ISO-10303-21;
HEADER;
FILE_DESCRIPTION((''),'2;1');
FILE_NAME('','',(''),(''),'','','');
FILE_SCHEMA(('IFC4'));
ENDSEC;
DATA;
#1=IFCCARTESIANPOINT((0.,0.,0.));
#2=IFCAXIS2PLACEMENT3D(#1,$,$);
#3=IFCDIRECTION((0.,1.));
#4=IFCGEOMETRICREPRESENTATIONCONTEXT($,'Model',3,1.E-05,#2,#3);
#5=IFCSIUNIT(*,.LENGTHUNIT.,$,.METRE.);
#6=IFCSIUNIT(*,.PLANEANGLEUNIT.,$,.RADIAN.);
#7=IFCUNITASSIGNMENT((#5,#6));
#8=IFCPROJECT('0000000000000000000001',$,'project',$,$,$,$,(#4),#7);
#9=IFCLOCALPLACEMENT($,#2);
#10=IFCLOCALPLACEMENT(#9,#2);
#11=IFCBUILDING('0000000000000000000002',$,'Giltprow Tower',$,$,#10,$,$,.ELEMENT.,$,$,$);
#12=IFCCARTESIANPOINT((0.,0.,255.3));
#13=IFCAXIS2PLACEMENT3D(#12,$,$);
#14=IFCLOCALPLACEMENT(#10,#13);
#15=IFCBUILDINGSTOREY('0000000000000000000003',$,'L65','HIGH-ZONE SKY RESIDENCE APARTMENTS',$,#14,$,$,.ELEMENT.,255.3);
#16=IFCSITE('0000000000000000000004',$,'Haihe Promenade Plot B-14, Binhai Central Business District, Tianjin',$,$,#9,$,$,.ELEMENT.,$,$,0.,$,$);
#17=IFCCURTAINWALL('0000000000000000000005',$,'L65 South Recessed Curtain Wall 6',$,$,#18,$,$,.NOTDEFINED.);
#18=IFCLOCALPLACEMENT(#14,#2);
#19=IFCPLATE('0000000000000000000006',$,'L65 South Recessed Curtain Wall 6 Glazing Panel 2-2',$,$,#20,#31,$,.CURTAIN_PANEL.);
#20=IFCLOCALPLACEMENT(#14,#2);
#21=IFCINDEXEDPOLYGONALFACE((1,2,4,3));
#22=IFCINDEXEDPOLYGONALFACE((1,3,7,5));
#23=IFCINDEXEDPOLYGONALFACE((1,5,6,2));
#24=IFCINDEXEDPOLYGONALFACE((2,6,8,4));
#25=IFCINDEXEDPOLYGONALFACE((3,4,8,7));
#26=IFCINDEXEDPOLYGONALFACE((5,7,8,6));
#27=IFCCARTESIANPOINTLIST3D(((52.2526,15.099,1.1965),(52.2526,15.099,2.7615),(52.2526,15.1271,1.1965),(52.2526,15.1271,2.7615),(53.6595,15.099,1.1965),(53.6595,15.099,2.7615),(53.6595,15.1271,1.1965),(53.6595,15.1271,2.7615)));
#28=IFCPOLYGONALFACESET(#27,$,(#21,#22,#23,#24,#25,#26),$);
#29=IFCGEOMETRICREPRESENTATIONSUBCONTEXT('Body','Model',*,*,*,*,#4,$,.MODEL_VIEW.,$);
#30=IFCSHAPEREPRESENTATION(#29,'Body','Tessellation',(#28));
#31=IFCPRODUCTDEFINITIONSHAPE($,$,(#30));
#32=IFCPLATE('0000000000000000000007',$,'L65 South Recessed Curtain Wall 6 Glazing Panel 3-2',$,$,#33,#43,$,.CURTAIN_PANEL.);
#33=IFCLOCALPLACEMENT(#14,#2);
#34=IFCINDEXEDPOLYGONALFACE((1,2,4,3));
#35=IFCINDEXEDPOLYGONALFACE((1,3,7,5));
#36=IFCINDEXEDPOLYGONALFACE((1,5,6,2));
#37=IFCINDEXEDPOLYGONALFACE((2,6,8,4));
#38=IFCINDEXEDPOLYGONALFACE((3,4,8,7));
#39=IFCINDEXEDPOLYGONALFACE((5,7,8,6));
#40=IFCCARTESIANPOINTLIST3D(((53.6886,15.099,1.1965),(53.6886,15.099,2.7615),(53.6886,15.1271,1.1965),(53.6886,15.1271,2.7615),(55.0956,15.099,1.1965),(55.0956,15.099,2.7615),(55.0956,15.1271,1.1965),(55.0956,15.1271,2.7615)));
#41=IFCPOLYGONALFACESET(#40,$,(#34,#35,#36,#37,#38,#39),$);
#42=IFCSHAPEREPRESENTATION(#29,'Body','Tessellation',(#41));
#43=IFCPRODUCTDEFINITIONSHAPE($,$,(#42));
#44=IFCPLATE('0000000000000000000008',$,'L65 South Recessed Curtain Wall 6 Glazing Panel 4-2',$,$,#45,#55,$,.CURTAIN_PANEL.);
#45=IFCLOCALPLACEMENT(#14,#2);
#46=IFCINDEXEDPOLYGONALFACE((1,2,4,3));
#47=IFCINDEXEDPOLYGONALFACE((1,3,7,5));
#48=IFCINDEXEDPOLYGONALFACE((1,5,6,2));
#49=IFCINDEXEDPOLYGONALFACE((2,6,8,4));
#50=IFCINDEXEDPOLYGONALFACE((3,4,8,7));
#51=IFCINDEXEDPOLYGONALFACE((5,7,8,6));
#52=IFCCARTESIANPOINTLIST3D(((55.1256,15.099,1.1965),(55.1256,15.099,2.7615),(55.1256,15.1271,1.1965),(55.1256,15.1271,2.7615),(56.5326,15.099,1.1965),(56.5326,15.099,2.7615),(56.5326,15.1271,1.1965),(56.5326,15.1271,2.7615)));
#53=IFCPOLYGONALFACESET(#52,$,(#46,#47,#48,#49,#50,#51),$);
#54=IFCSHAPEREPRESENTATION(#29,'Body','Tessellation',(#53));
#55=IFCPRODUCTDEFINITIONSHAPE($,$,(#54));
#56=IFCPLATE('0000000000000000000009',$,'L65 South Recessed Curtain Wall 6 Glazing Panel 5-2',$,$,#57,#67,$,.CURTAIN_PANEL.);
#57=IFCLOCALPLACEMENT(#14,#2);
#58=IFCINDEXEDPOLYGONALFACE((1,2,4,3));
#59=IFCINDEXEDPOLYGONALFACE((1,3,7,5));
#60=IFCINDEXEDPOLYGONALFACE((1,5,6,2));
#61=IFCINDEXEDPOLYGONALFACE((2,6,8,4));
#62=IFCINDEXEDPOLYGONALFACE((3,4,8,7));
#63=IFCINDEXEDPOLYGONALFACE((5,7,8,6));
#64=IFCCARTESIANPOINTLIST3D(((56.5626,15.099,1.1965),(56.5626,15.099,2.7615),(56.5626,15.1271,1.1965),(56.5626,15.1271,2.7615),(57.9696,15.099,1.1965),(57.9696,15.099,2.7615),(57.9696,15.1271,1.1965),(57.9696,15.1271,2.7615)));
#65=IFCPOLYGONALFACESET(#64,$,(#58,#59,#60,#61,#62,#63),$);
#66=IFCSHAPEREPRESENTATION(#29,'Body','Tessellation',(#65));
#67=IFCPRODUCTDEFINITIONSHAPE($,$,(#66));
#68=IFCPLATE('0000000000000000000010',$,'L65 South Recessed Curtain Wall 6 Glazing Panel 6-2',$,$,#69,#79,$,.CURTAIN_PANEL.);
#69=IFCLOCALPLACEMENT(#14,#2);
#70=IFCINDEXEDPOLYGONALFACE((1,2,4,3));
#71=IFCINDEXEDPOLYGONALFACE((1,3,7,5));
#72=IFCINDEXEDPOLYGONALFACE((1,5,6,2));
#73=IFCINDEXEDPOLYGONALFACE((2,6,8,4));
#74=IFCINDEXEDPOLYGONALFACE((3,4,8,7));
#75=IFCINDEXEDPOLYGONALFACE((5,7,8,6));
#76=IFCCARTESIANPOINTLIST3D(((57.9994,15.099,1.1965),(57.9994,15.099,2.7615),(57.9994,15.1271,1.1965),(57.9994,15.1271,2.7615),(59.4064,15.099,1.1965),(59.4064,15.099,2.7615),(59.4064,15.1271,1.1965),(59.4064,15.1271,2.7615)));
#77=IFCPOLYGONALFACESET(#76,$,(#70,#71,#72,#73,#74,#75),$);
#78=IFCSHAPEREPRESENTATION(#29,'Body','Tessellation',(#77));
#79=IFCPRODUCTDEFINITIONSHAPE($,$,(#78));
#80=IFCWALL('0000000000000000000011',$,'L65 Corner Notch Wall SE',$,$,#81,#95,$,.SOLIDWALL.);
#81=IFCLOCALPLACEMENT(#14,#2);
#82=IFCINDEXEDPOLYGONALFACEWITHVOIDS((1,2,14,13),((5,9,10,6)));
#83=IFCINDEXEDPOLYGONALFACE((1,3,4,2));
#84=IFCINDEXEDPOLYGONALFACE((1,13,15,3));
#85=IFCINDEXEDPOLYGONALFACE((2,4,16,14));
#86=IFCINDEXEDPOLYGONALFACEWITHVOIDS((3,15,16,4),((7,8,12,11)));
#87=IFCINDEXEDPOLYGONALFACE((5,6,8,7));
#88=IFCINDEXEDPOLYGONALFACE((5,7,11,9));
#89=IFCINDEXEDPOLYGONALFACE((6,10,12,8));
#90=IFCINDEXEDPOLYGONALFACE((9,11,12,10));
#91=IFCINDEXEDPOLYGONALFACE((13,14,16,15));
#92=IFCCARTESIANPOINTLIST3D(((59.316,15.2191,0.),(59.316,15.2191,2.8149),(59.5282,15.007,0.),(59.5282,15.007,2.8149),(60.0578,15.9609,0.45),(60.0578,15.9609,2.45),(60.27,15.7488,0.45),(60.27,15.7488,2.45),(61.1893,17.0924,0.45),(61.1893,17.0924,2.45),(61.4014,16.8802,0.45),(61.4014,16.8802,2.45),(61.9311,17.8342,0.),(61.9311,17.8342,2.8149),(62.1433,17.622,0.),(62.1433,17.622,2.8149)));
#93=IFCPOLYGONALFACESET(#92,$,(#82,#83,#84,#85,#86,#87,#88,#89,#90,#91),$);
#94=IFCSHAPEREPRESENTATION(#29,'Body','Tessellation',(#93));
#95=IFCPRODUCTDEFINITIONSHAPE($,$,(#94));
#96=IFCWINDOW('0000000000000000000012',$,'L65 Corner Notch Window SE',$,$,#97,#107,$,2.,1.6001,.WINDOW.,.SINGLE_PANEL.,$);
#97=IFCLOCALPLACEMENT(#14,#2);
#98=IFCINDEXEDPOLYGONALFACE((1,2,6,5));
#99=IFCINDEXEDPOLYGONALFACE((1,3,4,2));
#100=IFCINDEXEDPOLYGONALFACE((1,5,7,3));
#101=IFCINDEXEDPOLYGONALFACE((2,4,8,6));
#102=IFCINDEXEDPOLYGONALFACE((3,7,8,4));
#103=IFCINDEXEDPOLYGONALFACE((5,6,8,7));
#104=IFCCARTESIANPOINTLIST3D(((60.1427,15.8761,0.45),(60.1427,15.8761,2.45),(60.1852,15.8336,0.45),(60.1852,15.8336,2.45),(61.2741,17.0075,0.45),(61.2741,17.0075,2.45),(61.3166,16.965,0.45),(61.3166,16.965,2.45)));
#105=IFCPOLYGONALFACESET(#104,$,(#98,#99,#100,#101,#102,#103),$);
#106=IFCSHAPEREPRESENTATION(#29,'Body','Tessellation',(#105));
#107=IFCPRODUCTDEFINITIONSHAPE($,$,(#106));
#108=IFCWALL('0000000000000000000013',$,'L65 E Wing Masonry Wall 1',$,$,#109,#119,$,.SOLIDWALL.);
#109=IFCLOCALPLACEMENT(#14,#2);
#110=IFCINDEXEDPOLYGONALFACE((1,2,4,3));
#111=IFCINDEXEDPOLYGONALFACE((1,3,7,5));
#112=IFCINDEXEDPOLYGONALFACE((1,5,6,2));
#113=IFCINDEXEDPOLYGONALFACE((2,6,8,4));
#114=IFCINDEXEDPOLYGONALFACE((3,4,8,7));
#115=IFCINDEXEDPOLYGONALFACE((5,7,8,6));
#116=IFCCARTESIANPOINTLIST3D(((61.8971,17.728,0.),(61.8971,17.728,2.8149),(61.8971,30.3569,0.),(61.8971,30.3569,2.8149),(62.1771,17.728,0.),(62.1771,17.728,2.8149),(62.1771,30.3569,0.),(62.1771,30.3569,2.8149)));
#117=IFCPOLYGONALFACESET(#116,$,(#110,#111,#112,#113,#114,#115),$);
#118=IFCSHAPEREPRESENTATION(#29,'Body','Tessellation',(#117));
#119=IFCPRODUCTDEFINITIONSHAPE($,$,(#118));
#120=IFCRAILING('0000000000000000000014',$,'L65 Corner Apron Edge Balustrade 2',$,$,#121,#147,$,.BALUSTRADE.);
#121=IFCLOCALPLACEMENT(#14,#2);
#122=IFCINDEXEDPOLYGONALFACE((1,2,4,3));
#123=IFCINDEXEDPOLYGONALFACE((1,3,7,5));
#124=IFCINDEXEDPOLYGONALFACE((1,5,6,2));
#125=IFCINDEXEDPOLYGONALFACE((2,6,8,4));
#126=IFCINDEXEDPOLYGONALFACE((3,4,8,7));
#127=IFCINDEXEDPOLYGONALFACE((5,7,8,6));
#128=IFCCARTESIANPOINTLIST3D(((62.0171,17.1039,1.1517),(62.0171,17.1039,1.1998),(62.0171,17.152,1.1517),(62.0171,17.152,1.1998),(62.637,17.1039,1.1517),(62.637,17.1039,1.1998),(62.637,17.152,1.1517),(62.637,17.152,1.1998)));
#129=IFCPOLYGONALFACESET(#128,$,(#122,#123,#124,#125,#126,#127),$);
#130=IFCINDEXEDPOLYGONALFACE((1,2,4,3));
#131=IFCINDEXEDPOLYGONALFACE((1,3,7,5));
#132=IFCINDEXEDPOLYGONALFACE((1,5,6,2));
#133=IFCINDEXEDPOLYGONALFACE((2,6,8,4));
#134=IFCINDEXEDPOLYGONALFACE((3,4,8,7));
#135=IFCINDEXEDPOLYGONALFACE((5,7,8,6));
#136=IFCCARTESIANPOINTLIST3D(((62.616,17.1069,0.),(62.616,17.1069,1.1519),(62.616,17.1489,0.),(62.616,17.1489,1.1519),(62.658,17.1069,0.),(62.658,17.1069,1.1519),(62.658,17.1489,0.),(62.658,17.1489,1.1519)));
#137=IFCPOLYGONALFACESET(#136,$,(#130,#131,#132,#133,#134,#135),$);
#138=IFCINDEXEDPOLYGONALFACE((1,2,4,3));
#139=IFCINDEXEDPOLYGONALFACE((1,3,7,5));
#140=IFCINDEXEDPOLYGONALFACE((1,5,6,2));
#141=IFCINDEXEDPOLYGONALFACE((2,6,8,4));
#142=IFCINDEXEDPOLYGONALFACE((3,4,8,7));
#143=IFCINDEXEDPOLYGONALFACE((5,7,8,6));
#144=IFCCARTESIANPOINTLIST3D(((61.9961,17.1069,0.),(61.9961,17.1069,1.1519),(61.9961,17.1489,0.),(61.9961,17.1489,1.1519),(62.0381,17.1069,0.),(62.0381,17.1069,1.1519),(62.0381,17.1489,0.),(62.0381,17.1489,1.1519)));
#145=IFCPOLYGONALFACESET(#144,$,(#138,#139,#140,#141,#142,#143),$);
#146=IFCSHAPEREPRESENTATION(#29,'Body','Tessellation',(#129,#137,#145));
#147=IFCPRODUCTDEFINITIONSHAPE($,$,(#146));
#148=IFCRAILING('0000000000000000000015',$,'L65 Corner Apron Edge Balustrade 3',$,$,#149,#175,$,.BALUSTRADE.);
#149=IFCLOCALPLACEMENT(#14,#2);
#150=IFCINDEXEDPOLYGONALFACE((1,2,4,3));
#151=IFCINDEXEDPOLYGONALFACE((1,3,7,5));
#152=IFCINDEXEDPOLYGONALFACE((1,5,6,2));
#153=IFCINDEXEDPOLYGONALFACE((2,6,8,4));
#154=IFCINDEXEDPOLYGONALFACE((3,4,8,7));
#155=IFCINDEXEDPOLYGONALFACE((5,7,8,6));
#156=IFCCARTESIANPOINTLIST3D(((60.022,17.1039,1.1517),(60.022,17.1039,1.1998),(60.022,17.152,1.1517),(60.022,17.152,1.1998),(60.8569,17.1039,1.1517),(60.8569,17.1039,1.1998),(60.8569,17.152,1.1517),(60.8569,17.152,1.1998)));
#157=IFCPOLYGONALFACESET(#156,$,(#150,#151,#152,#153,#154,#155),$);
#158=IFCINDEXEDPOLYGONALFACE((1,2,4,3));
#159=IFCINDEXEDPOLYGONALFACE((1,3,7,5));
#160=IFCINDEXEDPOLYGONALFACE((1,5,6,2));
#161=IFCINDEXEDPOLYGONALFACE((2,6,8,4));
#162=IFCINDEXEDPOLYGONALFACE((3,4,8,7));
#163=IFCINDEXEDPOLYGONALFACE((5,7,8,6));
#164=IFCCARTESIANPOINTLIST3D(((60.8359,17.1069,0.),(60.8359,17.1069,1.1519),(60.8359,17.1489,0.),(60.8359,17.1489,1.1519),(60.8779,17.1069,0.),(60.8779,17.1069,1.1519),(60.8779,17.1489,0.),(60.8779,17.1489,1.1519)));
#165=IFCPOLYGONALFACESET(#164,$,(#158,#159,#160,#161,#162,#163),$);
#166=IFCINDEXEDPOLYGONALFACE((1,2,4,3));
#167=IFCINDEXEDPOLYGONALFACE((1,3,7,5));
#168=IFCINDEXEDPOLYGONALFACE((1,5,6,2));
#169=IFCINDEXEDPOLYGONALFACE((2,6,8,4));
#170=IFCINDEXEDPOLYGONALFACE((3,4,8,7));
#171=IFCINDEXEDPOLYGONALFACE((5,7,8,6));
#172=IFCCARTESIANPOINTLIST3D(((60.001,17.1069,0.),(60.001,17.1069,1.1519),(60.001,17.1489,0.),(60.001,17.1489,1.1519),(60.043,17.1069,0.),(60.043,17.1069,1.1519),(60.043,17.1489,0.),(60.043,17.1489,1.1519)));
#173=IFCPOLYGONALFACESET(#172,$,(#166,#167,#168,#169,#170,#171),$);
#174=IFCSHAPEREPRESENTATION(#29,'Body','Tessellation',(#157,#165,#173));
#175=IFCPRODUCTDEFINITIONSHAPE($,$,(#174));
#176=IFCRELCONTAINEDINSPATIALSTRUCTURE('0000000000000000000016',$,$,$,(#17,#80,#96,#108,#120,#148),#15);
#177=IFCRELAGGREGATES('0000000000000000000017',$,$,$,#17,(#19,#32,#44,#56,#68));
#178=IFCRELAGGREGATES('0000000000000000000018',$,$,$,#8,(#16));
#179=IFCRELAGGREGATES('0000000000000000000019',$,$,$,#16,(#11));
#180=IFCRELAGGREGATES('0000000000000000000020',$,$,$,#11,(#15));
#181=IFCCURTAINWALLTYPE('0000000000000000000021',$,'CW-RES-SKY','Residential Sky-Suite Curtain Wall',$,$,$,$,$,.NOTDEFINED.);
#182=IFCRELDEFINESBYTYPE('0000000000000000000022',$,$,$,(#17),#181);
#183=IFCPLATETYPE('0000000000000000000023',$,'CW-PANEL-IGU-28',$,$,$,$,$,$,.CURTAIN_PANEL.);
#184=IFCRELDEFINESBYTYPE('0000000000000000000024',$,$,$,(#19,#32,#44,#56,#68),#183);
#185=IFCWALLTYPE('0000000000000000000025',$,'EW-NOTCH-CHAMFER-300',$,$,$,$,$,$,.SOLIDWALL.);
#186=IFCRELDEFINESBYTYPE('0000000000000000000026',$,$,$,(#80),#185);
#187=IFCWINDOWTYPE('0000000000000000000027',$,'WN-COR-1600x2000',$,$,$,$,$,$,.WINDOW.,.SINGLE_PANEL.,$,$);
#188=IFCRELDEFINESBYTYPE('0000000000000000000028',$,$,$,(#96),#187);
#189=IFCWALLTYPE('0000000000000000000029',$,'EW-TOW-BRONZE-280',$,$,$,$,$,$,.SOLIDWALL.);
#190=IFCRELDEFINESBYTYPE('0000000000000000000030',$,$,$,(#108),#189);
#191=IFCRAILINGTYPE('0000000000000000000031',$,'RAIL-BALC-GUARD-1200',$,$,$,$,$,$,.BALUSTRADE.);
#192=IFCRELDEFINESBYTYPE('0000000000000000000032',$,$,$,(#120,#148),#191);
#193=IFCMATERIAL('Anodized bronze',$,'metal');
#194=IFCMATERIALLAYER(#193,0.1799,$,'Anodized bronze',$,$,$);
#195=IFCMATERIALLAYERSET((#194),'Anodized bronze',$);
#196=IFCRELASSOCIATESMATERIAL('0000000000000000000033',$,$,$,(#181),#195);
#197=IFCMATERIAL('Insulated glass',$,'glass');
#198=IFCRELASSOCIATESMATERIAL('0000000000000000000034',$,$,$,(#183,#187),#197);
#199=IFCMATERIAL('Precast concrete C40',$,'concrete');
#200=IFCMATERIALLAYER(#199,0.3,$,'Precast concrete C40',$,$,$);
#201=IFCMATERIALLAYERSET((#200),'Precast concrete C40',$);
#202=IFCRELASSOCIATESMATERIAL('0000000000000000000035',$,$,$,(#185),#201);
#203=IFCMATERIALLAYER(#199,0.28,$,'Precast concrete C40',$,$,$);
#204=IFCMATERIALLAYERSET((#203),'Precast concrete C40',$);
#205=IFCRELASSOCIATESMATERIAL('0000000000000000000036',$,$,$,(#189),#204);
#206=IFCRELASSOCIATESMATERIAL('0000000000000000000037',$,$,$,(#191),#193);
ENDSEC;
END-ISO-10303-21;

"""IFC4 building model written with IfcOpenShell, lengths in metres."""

from ifc_helpers import new_model, si_unit, direction, frame, frame_2d, origin, origin_2d, place, context, subcontext, project, spatial, rectangle, extrude, source, transform, mapped, material, layer, layer_set, type_object, element, fill, aggregate, save


model = new_model("IFC4")

# Units and contexts
model_context = context("Model", 3, precision=1e-05, world=origin(), true_north=direction((0.0, 1.0)))
body_context = subcontext(model_context, "Body", "Model", "MODEL_VIEW")
ifc_project = project(units=[si_unit("LENGTHUNIT", "METRE"), si_unit("PLANEANGLEUNIT", "RADIAN")], contexts=[model_context])

# Site, building, storey
site_placement = place(None, origin())
site = spatial("IfcSite", under=ifc_project, at=site_placement, Name="Haihe Promenade Plot B-14, Binhai Central Business District, Tianjin", CompositionType="ELEMENT", RefElevation=0.0)
building_placement = place(site_placement, origin())
building = spatial("IfcBuilding", under=site, at=building_placement, Name="Giltprow Tower", CompositionType="ELEMENT")
storey_placement = place(building_placement, frame((0.0, 0.0, 255.3)))
storey = spatial("IfcBuildingStorey", under=building, at=storey_placement, Name="L65", Description="HIGH-ZONE SKY RESIDENCE APARTMENTS", CompositionType="ELEMENT", Elevation=255.3)

# Curtain wall
ifc_material_1 = material(Name="Anodized bronze", Category="metal")
ifc_layer_1 = layer(ifc_material_1, 0.1799, Name="Anodized bronze")
ifc_layer_set_1 = layer_set([ifc_layer_1], Name="Anodized bronze")
curtain_wall_type = type_object("IfcCurtainWallType", Name="CW-RES-SKY", Description="Residential Sky-Suite Curtain Wall", PredefinedType="NOTDEFINED", material=ifc_layer_set_1)
curtain_wall_placement = place(storey_placement, origin())
curtain_wall = element("IfcCurtainWall", 1, at=curtain_wall_placement, inside=storey, type_object=curtain_wall_type, Name="L65 South Recessed Curtain Wall 6", PredefinedType="NOTDEFINED")

# Plates
ifc_material_2 = material(Name="Insulated glass", Category="glass")
plate_type_1 = type_object("IfcPlateType", Name="CW-PANEL-IGU-28", PredefinedType="CURTAIN_PANEL", material=ifc_material_2)
shared_shape_1 = source(origin(), body_context, "Body", "SweptSolid", [
    extrude(rectangle(XDim=1.407, YDim=0.0281, at=origin_2d()), origin(), (0.0, 0.0, 1.0), 1.5649),
])
plate_1_placement = place(storey_placement, frame((52.9561, 15.113, 1.1965), z_axis=(0.0, 0.0, 1.0), x_axis=(1.0, 0.0, 0.0)))
plate_1 = element("IfcPlate", 2, at=plate_1_placement, type_object=plate_type_1, Name="L65 South Recessed Curtain Wall 6 Glazing Panel 2-2", PredefinedType="CURTAIN_PANEL", context=body_context, shape_type="MappedRepresentation", body=[
    mapped(shared_shape_1, transform((0.0, 0.0, 0.0), x_axis=(1.0, 0.0, 0.0), y_axis=(0.0, 1.0, 0.0), z_axis=(0.0, 0.0, 1.0), scale=1.0)),
])
plate_2_placement = place(storey_placement, frame((54.3921, 15.113, 1.1965), z_axis=(0.0, 0.0, 1.0), x_axis=(1.0, 0.0, 0.0)))
plate_2 = element("IfcPlate", 3, at=plate_2_placement, type_object=plate_type_1, Name="L65 South Recessed Curtain Wall 6 Glazing Panel 3-2", PredefinedType="CURTAIN_PANEL", context=body_context, shape_type="MappedRepresentation", body=[
    mapped(shared_shape_1, transform((0.0, 0.0, 0.0), x_axis=(1.0, 0.0, 0.0), y_axis=(0.0, 1.0, 0.0), z_axis=(0.0, 0.0, 1.0), scale=1.0)),
])
plate_3_placement = place(storey_placement, frame((55.8291, 15.113, 1.1965), z_axis=(0.0, 0.0, 1.0), x_axis=(1.0, 0.0, 0.0)))
plate_3 = element("IfcPlate", 4, at=plate_3_placement, type_object=plate_type_1, Name="L65 South Recessed Curtain Wall 6 Glazing Panel 4-2", PredefinedType="CURTAIN_PANEL", context=body_context, shape_type="MappedRepresentation", body=[
    mapped(shared_shape_1, transform((0.0, 0.0, 0.0), x_axis=(1.0, 0.0, 0.0), y_axis=(0.0, 1.0, 0.0), z_axis=(0.0, 0.0, 1.0), scale=1.0)),
])
plate_4_placement = place(storey_placement, frame((57.2661, 15.113, 1.1965), z_axis=(0.0, 0.0, 1.0), x_axis=(1.0, 0.0, 0.0)))
plate_4 = element("IfcPlate", 5, at=plate_4_placement, type_object=plate_type_1, Name="L65 South Recessed Curtain Wall 6 Glazing Panel 5-2", PredefinedType="CURTAIN_PANEL", context=body_context, shape_type="MappedRepresentation", body=[
    mapped(shared_shape_1, transform((0.0, 0.0, 0.0), x_axis=(1.0, 0.0, 0.0), y_axis=(0.0, 1.0, 0.0), z_axis=(0.0, 0.0, 1.0), scale=1.0)),
])
plate_5_placement = place(storey_placement, frame((58.7029, 15.113, 1.1965), z_axis=(0.0, 0.0, 1.0), x_axis=(1.0, 0.0, 0.0)))
plate_5 = element("IfcPlate", 6, at=plate_5_placement, type_object=plate_type_1, Name="L65 South Recessed Curtain Wall 6 Glazing Panel 6-2", PredefinedType="CURTAIN_PANEL", context=body_context, shape_type="MappedRepresentation", body=[
    mapped(shared_shape_1, transform((0.0, 0.0, 0.0), x_axis=(1.0, 0.0, 0.0), y_axis=(0.0, 1.0, 0.0), z_axis=(0.0, 0.0, 1.0), scale=1.0)),
])
aggregate(curtain_wall, [plate_1, plate_2, plate_3, plate_4, plate_5])

# Wall, opening, window
ifc_material_3 = material(Name="Precast concrete C40", Category="concrete")
ifc_layer_2 = layer(ifc_material_3, 0.3, Name="Precast concrete C40")
ifc_layer_set_2 = layer_set([ifc_layer_2], Name="Precast concrete C40")
wall_type_1 = type_object("IfcWallType", Name="EW-NOTCH-CHAMFER-300", PredefinedType="SOLIDWALL", material=ifc_layer_set_2)
wall_1_placement = place(storey_placement, frame((59.4221, 15.113, 0.0), z_axis=(0.0, 0.0, 1.0), x_axis=(0.707107, 0.707107, 0.0)))
wall_1 = element("IfcWall", 7, at=wall_1_placement, inside=storey, type_object=wall_type_1, Name="L65 Corner Notch Wall SE", PredefinedType="SOLIDWALL", context=body_context, shape_type="SweptSolid", body=[
    extrude(rectangle(XDim=3.6982, YDim=0.3, at=frame_2d((1.8491, 0.0))), origin(), (0.0, 0.0, 1.0), 2.8149),
])
opening_placement = place(wall_1_placement, frame((1.0491, 0.0, 0.45)))
opening = element("IfcOpeningElement", 8, at=opening_placement, cuts=wall_1, PredefinedType="OPENING", context=body_context, shape_type="SweptSolid", body=[
    extrude(rectangle(XDim=1.6001, YDim=2.0, at=frame_2d((0.8, 1.0))), frame((0.0, 0.1599, 0.0), z_axis=(0.0, -1.0, 0.0), x_axis=(1.0, 0.0, 0.0)), (0.0, 0.0, 1.0), 0.3201),
])
window_type = type_object("IfcWindowType", Name="WN-COR-1600x2000", PartitioningType="SINGLE_PANEL", PredefinedType="WINDOW", material=ifc_material_2)
shared_shape_2 = source(origin(), body_context, "Body", "SweptSolid", [
    extrude(rectangle(XDim=1.6001, YDim=2.0, at=frame_2d((0.8, 1.0))), frame((0.0, 0.03, 0.0), z_axis=(0.0, -1.0, 0.0), x_axis=(1.0, 0.0, 0.0)), (0.0, 0.0, 1.0), 0.0601),
])
window_placement = place(opening_placement, origin())
window = element("IfcWindow", 9, at=window_placement, inside=storey, type_object=window_type, Name="L65 Corner Notch Window SE", OverallHeight=2.0, OverallWidth=1.6001, PartitioningType="SINGLE_PANEL", PredefinedType="WINDOW", context=body_context, shape_type="MappedRepresentation", body=[
    mapped(shared_shape_2, transform((0.0, 0.0, 0.0), x_axis=(1.0, 0.0, 0.0), y_axis=(0.0, 1.0, 0.0), z_axis=(0.0, 0.0, 1.0), scale=1.0)),
])
fill(opening, window)

# Wall
ifc_layer_3 = layer(ifc_material_3, 0.28, Name="Precast concrete C40")
ifc_layer_set_3 = layer_set([ifc_layer_3], Name="Precast concrete C40")
wall_type_2 = type_object("IfcWallType", Name="EW-TOW-BRONZE-280", PredefinedType="SOLIDWALL", material=ifc_layer_set_3)
wall_2_placement = place(storey_placement, frame((62.0371, 17.728, 0.0), z_axis=(0.0, 0.0, 1.0), x_axis=(0.0, 1.0, 0.0)))
element("IfcWall", 10, at=wall_2_placement, inside=storey, type_object=wall_type_2, Name="L65 E Wing Masonry Wall 1", PredefinedType="SOLIDWALL", context=body_context, shape_type="SweptSolid", body=[
    extrude(rectangle(XDim=12.6289, YDim=0.28, at=frame_2d((6.3145, 0.0))), origin(), (0.0, 0.0, 1.0), 2.8149),
])

# Railings
railing_type = type_object("IfcRailingType", Name="RAIL-BALC-GUARD-1200", PredefinedType="BALUSTRADE", material=ifc_material_1)
railing_1_placement = place(storey_placement, frame((62.637, 17.1279, 0.0)))
element("IfcRailing", 11, at=railing_1_placement, inside=storey, type_object=railing_type, Name="L65 Corner Apron Edge Balustrade 2", PredefinedType="BALUSTRADE", context=body_context, shape_type="SweptSolid", body=[
    extrude(rectangle(XDim=0.0481, YDim=0.0481, at=origin_2d()), frame((0.0, 0.0, 1.1758), z_axis=(-1.0, 0.0, 0.0), x_axis=(0.0, -1.0, 0.0)), (0.0, 0.0, 1.0), 0.6199),
    extrude(rectangle(XDim=0.042, YDim=0.042, at=origin_2d()), origin(), (0.0, 0.0, 1.0), 1.1519),
    extrude(rectangle(XDim=0.042, YDim=0.042, at=origin_2d()), frame((-0.6199, 0.0, 0.0)), (0.0, 0.0, 1.0), 1.1519),
])
railing_2_placement = place(storey_placement, frame((60.8569, 17.1279, 0.0)))
element("IfcRailing", 12, at=railing_2_placement, inside=storey, type_object=railing_type, Name="L65 Corner Apron Edge Balustrade 3", PredefinedType="BALUSTRADE", context=body_context, shape_type="SweptSolid", body=[
    extrude(rectangle(XDim=0.0481, YDim=0.0481, at=origin_2d()), frame((0.0, 0.0, 1.1758), z_axis=(-1.0, 0.0, 0.0), x_axis=(0.0, -1.0, 0.0)), (0.0, 0.0, 1.0), 0.835),
    extrude(rectangle(XDim=0.042, YDim=0.042, at=origin_2d()), origin(), (0.0, 0.0, 1.0), 1.1519),
    extrude(rectangle(XDim=0.042, YDim=0.042, at=origin_2d()), frame((-0.835, 0.0, 0.0)), (0.0, 0.0, 1.0), 1.1519),
])

save(model, "model.ifc")
